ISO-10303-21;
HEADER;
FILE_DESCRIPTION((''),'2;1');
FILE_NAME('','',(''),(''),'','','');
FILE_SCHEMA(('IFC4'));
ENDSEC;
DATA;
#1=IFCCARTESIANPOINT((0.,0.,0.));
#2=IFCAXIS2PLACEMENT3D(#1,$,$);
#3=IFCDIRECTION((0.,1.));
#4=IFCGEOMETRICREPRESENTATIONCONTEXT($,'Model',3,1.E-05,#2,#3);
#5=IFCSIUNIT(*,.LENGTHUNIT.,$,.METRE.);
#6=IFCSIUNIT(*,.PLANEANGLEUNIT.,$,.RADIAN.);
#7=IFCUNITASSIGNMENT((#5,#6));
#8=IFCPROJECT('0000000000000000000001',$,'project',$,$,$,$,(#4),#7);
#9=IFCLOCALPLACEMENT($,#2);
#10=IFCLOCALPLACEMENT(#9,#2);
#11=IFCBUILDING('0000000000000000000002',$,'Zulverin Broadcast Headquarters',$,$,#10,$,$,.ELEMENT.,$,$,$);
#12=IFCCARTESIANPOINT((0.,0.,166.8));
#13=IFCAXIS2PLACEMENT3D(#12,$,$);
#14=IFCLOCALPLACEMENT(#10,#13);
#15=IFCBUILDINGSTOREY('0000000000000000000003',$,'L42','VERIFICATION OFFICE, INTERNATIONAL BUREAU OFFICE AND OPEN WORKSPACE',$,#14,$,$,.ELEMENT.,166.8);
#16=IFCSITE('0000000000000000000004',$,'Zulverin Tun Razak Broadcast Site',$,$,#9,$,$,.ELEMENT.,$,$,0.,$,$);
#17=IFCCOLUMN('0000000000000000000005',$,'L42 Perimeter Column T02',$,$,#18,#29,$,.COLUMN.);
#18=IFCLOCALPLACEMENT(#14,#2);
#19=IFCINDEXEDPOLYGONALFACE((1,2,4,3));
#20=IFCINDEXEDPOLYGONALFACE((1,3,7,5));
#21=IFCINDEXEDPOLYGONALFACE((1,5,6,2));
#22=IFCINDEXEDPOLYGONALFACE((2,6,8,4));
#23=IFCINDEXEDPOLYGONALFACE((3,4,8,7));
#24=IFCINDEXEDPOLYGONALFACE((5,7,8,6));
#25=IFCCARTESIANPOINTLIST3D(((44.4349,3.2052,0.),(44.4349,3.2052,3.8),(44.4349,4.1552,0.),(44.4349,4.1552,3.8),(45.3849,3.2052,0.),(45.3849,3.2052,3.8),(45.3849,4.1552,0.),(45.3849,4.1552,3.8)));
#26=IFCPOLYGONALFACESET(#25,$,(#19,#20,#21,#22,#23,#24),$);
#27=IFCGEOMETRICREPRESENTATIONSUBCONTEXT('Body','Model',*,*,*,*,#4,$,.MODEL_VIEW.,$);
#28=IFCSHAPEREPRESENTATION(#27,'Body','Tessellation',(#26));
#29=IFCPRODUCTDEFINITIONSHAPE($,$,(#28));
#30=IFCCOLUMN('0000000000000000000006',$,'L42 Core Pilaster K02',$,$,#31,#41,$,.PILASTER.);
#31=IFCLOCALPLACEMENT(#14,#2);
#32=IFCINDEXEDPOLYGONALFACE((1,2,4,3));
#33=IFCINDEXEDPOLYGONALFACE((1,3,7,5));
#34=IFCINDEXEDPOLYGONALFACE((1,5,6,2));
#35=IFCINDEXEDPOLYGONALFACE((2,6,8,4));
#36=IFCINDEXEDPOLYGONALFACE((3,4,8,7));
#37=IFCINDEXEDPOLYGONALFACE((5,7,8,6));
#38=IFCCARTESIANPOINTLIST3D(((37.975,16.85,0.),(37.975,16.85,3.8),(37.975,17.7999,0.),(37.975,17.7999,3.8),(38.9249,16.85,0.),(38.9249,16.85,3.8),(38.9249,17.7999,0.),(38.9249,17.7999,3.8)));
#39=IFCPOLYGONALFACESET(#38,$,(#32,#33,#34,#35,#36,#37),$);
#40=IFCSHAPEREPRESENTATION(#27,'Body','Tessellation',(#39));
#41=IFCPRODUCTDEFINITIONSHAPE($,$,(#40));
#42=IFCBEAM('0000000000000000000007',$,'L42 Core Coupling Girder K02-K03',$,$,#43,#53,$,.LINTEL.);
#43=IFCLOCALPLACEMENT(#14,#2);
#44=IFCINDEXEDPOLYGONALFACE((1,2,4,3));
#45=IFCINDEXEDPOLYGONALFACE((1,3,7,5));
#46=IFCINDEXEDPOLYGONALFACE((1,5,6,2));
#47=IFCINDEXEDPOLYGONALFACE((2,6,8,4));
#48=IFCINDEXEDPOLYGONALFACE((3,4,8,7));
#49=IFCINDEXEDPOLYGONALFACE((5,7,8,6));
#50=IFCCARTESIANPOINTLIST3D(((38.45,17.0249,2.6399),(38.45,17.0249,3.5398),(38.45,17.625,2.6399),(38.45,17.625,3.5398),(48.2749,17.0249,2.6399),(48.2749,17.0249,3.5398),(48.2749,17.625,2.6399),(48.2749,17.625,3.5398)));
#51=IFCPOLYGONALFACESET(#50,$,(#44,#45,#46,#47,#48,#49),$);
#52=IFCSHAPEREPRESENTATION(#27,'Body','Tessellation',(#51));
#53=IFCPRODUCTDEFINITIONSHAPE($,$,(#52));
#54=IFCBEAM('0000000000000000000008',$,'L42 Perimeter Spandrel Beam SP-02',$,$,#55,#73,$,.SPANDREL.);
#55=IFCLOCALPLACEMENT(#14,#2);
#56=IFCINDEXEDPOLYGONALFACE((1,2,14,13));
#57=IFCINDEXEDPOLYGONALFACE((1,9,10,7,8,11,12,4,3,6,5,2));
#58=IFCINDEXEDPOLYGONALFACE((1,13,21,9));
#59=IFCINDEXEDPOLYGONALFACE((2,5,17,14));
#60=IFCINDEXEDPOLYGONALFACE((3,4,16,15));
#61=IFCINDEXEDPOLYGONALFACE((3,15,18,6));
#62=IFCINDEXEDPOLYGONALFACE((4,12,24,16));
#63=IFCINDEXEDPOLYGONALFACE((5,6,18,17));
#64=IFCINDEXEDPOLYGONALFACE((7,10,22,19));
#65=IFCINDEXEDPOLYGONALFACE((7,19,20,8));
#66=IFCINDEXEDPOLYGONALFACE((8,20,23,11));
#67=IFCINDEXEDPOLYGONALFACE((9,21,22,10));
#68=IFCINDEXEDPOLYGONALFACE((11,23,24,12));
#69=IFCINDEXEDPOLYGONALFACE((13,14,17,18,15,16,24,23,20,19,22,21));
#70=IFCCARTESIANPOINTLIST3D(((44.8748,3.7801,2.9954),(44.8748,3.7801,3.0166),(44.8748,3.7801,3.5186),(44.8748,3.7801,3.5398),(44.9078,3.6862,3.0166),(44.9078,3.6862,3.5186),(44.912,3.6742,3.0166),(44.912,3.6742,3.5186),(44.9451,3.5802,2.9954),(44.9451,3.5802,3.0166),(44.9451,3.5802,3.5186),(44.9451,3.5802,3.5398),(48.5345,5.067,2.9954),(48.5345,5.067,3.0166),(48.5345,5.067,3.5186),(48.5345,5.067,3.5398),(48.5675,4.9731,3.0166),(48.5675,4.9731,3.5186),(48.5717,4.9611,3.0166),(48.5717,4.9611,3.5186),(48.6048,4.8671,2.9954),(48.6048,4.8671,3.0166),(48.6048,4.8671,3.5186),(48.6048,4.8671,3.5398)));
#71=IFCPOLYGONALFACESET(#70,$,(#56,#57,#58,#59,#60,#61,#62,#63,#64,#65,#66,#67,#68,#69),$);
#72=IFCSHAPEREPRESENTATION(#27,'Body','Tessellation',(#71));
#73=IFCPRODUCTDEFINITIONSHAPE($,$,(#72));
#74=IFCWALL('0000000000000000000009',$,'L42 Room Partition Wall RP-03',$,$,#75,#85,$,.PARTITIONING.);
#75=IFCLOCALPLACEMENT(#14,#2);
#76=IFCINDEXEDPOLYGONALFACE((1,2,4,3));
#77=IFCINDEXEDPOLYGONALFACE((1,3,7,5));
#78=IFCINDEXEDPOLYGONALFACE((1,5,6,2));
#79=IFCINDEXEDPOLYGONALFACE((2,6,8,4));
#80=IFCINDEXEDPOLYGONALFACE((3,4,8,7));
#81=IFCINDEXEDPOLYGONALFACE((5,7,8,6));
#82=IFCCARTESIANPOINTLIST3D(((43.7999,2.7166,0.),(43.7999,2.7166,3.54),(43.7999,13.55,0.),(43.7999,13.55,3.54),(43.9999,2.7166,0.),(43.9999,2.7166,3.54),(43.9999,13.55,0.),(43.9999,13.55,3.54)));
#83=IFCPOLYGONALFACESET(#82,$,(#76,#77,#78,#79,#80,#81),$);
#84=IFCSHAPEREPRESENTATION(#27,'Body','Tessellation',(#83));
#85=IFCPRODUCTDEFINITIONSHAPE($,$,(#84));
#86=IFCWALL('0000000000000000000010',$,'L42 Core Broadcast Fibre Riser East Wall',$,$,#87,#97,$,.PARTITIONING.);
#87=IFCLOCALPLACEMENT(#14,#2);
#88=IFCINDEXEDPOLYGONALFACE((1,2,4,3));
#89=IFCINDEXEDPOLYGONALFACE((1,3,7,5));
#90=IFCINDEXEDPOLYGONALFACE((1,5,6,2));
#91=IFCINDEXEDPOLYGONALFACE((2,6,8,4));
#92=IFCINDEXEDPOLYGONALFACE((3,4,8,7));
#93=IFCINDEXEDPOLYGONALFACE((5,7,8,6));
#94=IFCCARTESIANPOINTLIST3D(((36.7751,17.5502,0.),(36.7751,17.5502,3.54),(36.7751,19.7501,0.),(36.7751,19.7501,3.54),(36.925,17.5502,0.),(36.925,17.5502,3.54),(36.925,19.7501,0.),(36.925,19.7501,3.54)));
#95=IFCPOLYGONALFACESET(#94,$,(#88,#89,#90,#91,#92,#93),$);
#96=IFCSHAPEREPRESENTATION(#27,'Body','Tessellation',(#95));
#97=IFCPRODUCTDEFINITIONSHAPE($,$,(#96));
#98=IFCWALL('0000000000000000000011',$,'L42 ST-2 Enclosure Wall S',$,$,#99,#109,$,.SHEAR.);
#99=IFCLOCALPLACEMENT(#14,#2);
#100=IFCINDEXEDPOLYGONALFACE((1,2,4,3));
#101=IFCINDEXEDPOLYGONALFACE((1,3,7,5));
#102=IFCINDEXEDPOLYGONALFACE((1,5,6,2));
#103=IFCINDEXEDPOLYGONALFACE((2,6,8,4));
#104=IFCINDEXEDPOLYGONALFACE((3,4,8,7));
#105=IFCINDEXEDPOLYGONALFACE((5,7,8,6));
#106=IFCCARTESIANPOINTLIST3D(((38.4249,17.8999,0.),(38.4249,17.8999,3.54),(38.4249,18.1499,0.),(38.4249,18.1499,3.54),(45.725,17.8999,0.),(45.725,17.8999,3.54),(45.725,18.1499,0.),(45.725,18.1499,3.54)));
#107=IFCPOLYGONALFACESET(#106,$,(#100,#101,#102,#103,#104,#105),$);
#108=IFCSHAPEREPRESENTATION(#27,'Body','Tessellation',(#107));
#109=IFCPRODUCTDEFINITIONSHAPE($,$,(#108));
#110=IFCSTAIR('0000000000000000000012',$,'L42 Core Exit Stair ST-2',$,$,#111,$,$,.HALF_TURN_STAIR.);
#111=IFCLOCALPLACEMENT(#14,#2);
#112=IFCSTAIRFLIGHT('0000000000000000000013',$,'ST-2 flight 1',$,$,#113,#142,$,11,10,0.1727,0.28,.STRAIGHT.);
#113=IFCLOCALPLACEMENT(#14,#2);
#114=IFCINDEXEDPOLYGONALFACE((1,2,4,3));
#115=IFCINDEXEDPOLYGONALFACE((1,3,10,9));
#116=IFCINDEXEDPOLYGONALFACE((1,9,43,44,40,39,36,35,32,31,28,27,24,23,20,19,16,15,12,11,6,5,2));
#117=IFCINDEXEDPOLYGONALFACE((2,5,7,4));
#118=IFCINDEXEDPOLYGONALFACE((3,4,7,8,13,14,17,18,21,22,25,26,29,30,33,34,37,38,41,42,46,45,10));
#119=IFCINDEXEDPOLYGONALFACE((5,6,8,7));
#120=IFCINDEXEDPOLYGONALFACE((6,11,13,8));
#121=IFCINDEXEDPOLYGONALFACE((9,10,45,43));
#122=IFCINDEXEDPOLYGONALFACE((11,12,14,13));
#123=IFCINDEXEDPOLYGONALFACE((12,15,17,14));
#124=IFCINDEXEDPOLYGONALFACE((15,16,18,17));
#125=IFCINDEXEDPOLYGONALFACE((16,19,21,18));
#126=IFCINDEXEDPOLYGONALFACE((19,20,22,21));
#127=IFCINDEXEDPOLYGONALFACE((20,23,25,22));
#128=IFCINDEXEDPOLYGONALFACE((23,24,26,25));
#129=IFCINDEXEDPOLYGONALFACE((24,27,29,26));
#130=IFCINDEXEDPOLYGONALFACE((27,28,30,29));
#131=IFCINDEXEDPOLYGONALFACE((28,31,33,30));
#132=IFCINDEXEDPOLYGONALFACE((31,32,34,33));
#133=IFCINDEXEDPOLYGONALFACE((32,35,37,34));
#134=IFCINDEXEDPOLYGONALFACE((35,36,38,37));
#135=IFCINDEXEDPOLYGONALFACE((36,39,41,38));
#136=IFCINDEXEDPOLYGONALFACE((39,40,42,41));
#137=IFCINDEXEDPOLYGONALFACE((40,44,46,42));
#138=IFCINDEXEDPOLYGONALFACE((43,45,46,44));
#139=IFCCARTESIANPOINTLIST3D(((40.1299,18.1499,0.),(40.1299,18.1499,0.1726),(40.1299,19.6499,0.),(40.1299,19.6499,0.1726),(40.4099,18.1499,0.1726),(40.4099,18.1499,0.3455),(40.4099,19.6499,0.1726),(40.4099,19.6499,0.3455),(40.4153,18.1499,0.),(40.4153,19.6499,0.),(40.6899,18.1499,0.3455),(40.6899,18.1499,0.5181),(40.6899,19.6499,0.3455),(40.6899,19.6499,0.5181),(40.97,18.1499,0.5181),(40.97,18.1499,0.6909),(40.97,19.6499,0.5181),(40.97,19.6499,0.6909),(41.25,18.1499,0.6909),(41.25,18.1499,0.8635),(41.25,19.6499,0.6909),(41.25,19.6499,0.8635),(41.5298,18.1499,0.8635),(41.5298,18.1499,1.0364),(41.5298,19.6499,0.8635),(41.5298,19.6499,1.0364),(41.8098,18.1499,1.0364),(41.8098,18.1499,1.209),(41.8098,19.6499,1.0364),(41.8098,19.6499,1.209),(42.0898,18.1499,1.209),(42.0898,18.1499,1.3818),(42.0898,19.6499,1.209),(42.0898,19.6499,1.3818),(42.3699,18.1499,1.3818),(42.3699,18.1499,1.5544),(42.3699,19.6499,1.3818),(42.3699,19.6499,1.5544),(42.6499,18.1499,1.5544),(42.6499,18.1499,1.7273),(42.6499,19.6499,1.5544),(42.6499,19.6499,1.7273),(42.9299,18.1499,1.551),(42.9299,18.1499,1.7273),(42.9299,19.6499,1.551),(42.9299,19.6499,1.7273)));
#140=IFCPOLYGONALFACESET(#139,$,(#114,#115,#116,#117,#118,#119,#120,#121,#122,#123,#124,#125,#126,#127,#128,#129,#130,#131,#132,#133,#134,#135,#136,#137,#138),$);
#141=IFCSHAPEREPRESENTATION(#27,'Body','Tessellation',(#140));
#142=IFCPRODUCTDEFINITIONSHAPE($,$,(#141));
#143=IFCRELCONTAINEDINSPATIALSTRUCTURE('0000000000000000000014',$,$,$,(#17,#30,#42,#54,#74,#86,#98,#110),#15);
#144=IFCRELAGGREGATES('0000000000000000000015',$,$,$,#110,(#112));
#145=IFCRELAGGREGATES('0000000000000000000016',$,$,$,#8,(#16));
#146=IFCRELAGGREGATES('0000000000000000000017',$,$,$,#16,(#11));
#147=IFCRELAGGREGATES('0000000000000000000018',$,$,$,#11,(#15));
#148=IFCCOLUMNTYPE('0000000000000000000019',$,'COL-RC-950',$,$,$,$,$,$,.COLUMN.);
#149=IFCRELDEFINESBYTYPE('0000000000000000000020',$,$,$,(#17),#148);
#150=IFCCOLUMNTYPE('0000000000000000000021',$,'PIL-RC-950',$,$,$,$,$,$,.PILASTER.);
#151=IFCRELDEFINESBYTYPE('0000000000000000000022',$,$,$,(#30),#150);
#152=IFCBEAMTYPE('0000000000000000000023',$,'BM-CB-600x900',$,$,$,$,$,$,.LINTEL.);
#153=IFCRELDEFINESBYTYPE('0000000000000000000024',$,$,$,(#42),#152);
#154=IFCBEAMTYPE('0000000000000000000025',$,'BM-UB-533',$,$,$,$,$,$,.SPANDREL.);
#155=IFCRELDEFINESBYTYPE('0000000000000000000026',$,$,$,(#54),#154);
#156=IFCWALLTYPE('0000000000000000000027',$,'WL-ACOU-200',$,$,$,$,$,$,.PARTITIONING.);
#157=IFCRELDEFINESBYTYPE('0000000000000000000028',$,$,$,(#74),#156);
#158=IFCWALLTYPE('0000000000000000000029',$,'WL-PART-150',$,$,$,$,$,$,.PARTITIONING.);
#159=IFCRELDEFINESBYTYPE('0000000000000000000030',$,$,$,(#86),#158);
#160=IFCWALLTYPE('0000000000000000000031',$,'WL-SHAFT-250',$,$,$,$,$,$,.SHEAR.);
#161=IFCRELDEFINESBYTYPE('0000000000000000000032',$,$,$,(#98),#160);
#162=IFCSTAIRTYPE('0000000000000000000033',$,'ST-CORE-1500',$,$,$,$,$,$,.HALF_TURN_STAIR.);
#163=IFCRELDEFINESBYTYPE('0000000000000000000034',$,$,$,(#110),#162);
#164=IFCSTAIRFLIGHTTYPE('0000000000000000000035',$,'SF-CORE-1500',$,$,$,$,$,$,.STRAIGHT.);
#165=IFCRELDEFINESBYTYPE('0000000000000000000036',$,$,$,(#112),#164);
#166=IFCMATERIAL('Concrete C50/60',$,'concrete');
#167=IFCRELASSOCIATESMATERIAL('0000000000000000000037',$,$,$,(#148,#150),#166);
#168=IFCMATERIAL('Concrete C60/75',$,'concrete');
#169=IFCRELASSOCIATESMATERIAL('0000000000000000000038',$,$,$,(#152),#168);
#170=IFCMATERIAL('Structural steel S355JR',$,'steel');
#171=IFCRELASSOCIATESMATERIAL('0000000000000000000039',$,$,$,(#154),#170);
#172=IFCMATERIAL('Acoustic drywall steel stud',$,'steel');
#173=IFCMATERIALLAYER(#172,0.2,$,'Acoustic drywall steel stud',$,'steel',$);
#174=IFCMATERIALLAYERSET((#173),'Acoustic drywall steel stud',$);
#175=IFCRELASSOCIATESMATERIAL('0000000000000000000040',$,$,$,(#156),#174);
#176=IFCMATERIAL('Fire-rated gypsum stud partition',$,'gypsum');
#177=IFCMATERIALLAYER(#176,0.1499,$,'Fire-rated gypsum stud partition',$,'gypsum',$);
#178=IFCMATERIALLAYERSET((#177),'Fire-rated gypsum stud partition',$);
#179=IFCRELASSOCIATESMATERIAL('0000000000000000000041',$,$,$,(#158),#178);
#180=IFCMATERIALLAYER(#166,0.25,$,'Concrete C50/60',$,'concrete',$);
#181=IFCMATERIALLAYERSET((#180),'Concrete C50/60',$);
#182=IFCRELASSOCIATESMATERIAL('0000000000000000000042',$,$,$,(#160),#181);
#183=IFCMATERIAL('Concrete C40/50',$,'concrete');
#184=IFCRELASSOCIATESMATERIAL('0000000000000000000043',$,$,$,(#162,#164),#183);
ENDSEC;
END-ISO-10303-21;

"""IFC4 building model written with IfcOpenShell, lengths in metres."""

from ifc_helpers import new_model, si_unit, direction, frame, frame_2d, origin, origin_2d, place, context, subcontext, project, spatial, polyline, rectangle, i_section, outline, extrude, material, layer, layer_set, material_profile, profile_set, type_object, element, aggregate, save


model = new_model("IFC4")

# Units and contexts
model_context = context("Model", 3, precision=1e-05, world=origin(), true_north=direction((0.0, 1.0)))
body_context = subcontext(model_context, "Body", "Model", "MODEL_VIEW")
ifc_project = project(units=[si_unit("LENGTHUNIT", "METRE"), si_unit("PLANEANGLEUNIT", "RADIAN")], contexts=[model_context])

# Site, building, storey
site_placement = place(None, origin())
site = spatial("IfcSite", under=ifc_project, at=site_placement, Name="Zulverin Tun Razak Broadcast Site", CompositionType="ELEMENT", RefElevation=0.0)
building_placement = place(site_placement, origin())
building = spatial("IfcBuilding", under=site, at=building_placement, Name="Zulverin Broadcast Headquarters", CompositionType="ELEMENT")
storey_placement = place(building_placement, frame((0.0, 0.0, 166.8)))
storey = spatial("IfcBuildingStorey", under=building, at=storey_placement, Name="L42", Description="VERIFICATION OFFICE, INTERNATIONAL BUREAU OFFICE AND OPEN WORKSPACE", CompositionType="ELEMENT", Elevation=166.8)

# Columns
ifc_material_1 = material(Name="Concrete C50/60", Category="concrete")
ifc_material_profile_1 = material_profile(ifc_material_1, rectangle(XDim=0.95, YDim=0.95, at=origin_2d()), Name="Concrete C50/60", Category="concrete")
ifc_profile_set_1 = profile_set([ifc_material_profile_1], Name="Concrete C50/60")
column_type_1 = type_object("IfcColumnType", Name="COL-RC-950", PredefinedType="COLUMN", material=ifc_profile_set_1)
column_1_placement = place(storey_placement, frame((44.9099, 3.6802, 0.0), z_axis=(0.0, 0.0, 1.0), x_axis=(1.0, 0.0, 0.0)))
element("IfcColumn", 1, at=column_1_placement, inside=storey, type_object=column_type_1, Name="L42 Perimeter Column T02", PredefinedType="COLUMN", context=body_context, shape_type="SweptSolid", body=[
    extrude(rectangle(XDim=0.95, YDim=0.95, at=origin_2d()), origin(), (0.0, 0.0, 1.0), 3.8),
])
ifc_material_profile_2 = material_profile(ifc_material_1, rectangle(XDim=0.95, YDim=0.95, at=origin_2d()), Name="Concrete C50/60", Category="concrete")
ifc_profile_set_2 = profile_set([ifc_material_profile_2], Name="Concrete C50/60")
column_type_2 = type_object("IfcColumnType", Name="PIL-RC-950", PredefinedType="PILASTER", material=ifc_profile_set_2)
column_2_placement = place(storey_placement, frame((38.45, 17.325, 0.0), z_axis=(0.0, 0.0, 1.0), x_axis=(1.0, 0.0, 0.0)))
element("IfcColumn", 2, at=column_2_placement, inside=storey, type_object=column_type_2, Name="L42 Core Pilaster K02", PredefinedType="PILASTER", context=body_context, shape_type="SweptSolid", body=[
    extrude(rectangle(XDim=0.95, YDim=0.95, at=origin_2d()), origin(), (0.0, 0.0, 1.0), 3.8),
])

# Beams
ifc_material_2 = material(Name="Concrete C60/75", Category="concrete")
ifc_material_profile_3 = material_profile(ifc_material_2, rectangle(XDim=0.6001, YDim=0.8999, at=origin_2d()), Name="Concrete C60/75", Category="concrete")
ifc_profile_set_3 = profile_set([ifc_material_profile_3], Name="Concrete C60/75")
beam_type_1 = type_object("IfcBeamType", Name="BM-CB-600x900", PredefinedType="LINTEL", material=ifc_profile_set_3)
beam_1_placement = place(storey_placement, frame((38.45, 17.325, 3.0898), z_axis=(1.0, 0.0, 0.0), x_axis=(0.0, 1.0, 0.0)))
element("IfcBeam", 3, at=beam_1_placement, inside=storey, type_object=beam_type_1, Name="L42 Core Coupling Girder K02-K03", PredefinedType="LINTEL", context=body_context, shape_type="SweptSolid", body=[
    extrude(rectangle(XDim=0.6001, YDim=0.8999, at=origin_2d()), origin(), (0.0, 0.0, 1.0), 9.825),
])
ifc_material_3 = material(Name="Structural steel S355JR", Category="steel")
ifc_material_profile_4 = material_profile(ifc_material_3, i_section(OverallWidth=0.2119, OverallDepth=0.5444, WebThickness=0.0127, FlangeThickness=0.0212, at=origin_2d()), Name="Structural steel S355JR", Category="steel")
ifc_profile_set_4 = profile_set([ifc_material_profile_4], Name="Structural steel S355JR")
beam_type_2 = type_object("IfcBeamType", Name="BM-UB-533", PredefinedType="SPANDREL", material=ifc_profile_set_4)
beam_2_placement = place(storey_placement, frame((44.9099, 3.6802, 3.2676), z_axis=(0.943377, 0.331724, 0.0), x_axis=(-0.331724, 0.943377, 0.0)))
element("IfcBeam", 4, at=beam_2_placement, inside=storey, type_object=beam_type_2, Name="L42 Perimeter Spandrel Beam SP-02", PredefinedType="SPANDREL", context=body_context, shape_type="SweptSolid", body=[
    extrude(i_section(OverallWidth=0.2119, OverallDepth=0.5444, WebThickness=0.0127, FlangeThickness=0.0212, at=origin_2d()), origin(), (0.0, 0.0, 1.0), 3.8794),
])

# Walls
ifc_material_4 = material(Name="Acoustic drywall steel stud", Category="steel")
ifc_layer_1 = layer(ifc_material_4, 0.2, Name="Acoustic drywall steel stud", Category="steel")
ifc_layer_set_1 = layer_set([ifc_layer_1], Name="Acoustic drywall steel stud")
wall_type_1 = type_object("IfcWallType", Name="WL-ACOU-200", PredefinedType="PARTITIONING", material=ifc_layer_set_1)
wall_1_placement = place(storey_placement, frame((43.8999, 2.7166, 0.0), z_axis=(0.0, 0.0, 1.0), x_axis=(0.0, 1.0, 0.0)))
element("IfcWall", 5, at=wall_1_placement, inside=storey, type_object=wall_type_1, Name="L42 Room Partition Wall RP-03", PredefinedType="PARTITIONING", context=body_context, shape_type="SweptSolid", body=[
    extrude(rectangle(XDim=10.8335, YDim=0.2, at=frame_2d((5.4167, 0.0))), origin(), (0.0, 0.0, 1.0), 3.54),
])
ifc_material_5 = material(Name="Fire-rated gypsum stud partition", Category="gypsum")
ifc_layer_2 = layer(ifc_material_5, 0.1499, Name="Fire-rated gypsum stud partition", Category="gypsum")
ifc_layer_set_2 = layer_set([ifc_layer_2], Name="Fire-rated gypsum stud partition")
wall_type_2 = type_object("IfcWallType", Name="WL-PART-150", PredefinedType="PARTITIONING", material=ifc_layer_set_2)
wall_2_placement = place(storey_placement, frame((36.8501, 17.55, 0.0), z_axis=(0.0, 0.0, 1.0), x_axis=(0.0, 1.0, 0.0)))
element("IfcWall", 6, at=wall_2_placement, inside=storey, type_object=wall_type_2, Name="L42 Core Broadcast Fibre Riser East Wall", PredefinedType="PARTITIONING", context=body_context, shape_type="SweptSolid", body=[
    extrude(rectangle(XDim=2.2, YDim=0.1499, at=frame_2d((1.1001, 0.0))), origin(), (0.0, 0.0, 1.0), 3.54),
])
ifc_layer_3 = layer(ifc_material_1, 0.25, Name="Concrete C50/60", Category="concrete")
ifc_layer_set_3 = layer_set([ifc_layer_3], Name="Concrete C50/60")
wall_type_3 = type_object("IfcWallType", Name="WL-SHAFT-250", PredefinedType="SHEAR", material=ifc_layer_set_3)
wall_3_placement = place(storey_placement, frame((38.425, 18.0249, 0.0), z_axis=(0.0, 0.0, 1.0), x_axis=(1.0, 0.0, 0.0)))
element("IfcWall", 7, at=wall_3_placement, inside=storey, type_object=wall_type_3, Name="L42 ST-2 Enclosure Wall S", PredefinedType="SHEAR", context=body_context, shape_type="SweptSolid", body=[
    extrude(rectangle(XDim=7.3, YDim=0.25, at=frame_2d((3.6499, 0.0))), origin(), (0.0, 0.0, 1.0), 3.54),
])

# Stair, stair flight
ifc_material_6 = material(Name="Concrete C40/50", Category="concrete")
stair_type = type_object("IfcStairType", Name="ST-CORE-1500", PredefinedType="HALF_TURN_STAIR", material=ifc_material_6)
stair_placement = place(storey_placement, origin())
stair = element("IfcStair", 8, at=stair_placement, inside=storey, type_object=stair_type, Name="L42 Core Exit Stair ST-2", PredefinedType="HALF_TURN_STAIR")
stair_flight_type = type_object("IfcStairFlightType", Name="SF-CORE-1500", PredefinedType="STRAIGHT", material=ifc_material_6)
stair_flight_placement = place(storey_placement, frame((40.1299, 18.8999, 0.0), z_axis=(0.0, 0.0, 1.0), x_axis=(1.0, 0.0, 0.0)))
stair_flight = element("IfcStairFlight", 9, at=stair_flight_placement, type_object=stair_flight_type, Name="ST-2 flight 1", NumberOfRisers=11, NumberOfTreads=10, PredefinedType="STRAIGHT", RiserHeight=0.1727, TreadLength=0.28, context=body_context, shape_type="SweptSolid", body=[
    extrude(outline(polyline([(0.0, 0.0), (0.0, 0.1726), (0.28, 0.1726), (0.28, 0.3455), (0.5601, 0.3455), (0.5601, 0.5181), (0.8401, 0.5181), (0.8401, 0.6909), (1.1201, 0.6909), (1.1201, 0.8635), (1.3999, 0.8635), (1.3999, 1.0364), (1.6799, 1.0364), (1.6799, 1.209), (1.96, 1.209), (1.96, 1.3818), (2.24, 1.3818), (2.24, 1.5544), (2.52, 1.5544), (2.52, 1.7273), (2.8, 1.7273), (2.8, 1.8999), (2.8, 1.551), (0.2854, 0.0), (0.0, 0.0)])), frame((0.0, 0.75, 0.0), z_axis=(0.0, -1.0, 0.0), x_axis=(1.0, 0.0, 0.0)), (0.0, 0.0, 1.0), 1.5),
])
aggregate(stair, [stair_flight])

save(model, "model.ifc")
